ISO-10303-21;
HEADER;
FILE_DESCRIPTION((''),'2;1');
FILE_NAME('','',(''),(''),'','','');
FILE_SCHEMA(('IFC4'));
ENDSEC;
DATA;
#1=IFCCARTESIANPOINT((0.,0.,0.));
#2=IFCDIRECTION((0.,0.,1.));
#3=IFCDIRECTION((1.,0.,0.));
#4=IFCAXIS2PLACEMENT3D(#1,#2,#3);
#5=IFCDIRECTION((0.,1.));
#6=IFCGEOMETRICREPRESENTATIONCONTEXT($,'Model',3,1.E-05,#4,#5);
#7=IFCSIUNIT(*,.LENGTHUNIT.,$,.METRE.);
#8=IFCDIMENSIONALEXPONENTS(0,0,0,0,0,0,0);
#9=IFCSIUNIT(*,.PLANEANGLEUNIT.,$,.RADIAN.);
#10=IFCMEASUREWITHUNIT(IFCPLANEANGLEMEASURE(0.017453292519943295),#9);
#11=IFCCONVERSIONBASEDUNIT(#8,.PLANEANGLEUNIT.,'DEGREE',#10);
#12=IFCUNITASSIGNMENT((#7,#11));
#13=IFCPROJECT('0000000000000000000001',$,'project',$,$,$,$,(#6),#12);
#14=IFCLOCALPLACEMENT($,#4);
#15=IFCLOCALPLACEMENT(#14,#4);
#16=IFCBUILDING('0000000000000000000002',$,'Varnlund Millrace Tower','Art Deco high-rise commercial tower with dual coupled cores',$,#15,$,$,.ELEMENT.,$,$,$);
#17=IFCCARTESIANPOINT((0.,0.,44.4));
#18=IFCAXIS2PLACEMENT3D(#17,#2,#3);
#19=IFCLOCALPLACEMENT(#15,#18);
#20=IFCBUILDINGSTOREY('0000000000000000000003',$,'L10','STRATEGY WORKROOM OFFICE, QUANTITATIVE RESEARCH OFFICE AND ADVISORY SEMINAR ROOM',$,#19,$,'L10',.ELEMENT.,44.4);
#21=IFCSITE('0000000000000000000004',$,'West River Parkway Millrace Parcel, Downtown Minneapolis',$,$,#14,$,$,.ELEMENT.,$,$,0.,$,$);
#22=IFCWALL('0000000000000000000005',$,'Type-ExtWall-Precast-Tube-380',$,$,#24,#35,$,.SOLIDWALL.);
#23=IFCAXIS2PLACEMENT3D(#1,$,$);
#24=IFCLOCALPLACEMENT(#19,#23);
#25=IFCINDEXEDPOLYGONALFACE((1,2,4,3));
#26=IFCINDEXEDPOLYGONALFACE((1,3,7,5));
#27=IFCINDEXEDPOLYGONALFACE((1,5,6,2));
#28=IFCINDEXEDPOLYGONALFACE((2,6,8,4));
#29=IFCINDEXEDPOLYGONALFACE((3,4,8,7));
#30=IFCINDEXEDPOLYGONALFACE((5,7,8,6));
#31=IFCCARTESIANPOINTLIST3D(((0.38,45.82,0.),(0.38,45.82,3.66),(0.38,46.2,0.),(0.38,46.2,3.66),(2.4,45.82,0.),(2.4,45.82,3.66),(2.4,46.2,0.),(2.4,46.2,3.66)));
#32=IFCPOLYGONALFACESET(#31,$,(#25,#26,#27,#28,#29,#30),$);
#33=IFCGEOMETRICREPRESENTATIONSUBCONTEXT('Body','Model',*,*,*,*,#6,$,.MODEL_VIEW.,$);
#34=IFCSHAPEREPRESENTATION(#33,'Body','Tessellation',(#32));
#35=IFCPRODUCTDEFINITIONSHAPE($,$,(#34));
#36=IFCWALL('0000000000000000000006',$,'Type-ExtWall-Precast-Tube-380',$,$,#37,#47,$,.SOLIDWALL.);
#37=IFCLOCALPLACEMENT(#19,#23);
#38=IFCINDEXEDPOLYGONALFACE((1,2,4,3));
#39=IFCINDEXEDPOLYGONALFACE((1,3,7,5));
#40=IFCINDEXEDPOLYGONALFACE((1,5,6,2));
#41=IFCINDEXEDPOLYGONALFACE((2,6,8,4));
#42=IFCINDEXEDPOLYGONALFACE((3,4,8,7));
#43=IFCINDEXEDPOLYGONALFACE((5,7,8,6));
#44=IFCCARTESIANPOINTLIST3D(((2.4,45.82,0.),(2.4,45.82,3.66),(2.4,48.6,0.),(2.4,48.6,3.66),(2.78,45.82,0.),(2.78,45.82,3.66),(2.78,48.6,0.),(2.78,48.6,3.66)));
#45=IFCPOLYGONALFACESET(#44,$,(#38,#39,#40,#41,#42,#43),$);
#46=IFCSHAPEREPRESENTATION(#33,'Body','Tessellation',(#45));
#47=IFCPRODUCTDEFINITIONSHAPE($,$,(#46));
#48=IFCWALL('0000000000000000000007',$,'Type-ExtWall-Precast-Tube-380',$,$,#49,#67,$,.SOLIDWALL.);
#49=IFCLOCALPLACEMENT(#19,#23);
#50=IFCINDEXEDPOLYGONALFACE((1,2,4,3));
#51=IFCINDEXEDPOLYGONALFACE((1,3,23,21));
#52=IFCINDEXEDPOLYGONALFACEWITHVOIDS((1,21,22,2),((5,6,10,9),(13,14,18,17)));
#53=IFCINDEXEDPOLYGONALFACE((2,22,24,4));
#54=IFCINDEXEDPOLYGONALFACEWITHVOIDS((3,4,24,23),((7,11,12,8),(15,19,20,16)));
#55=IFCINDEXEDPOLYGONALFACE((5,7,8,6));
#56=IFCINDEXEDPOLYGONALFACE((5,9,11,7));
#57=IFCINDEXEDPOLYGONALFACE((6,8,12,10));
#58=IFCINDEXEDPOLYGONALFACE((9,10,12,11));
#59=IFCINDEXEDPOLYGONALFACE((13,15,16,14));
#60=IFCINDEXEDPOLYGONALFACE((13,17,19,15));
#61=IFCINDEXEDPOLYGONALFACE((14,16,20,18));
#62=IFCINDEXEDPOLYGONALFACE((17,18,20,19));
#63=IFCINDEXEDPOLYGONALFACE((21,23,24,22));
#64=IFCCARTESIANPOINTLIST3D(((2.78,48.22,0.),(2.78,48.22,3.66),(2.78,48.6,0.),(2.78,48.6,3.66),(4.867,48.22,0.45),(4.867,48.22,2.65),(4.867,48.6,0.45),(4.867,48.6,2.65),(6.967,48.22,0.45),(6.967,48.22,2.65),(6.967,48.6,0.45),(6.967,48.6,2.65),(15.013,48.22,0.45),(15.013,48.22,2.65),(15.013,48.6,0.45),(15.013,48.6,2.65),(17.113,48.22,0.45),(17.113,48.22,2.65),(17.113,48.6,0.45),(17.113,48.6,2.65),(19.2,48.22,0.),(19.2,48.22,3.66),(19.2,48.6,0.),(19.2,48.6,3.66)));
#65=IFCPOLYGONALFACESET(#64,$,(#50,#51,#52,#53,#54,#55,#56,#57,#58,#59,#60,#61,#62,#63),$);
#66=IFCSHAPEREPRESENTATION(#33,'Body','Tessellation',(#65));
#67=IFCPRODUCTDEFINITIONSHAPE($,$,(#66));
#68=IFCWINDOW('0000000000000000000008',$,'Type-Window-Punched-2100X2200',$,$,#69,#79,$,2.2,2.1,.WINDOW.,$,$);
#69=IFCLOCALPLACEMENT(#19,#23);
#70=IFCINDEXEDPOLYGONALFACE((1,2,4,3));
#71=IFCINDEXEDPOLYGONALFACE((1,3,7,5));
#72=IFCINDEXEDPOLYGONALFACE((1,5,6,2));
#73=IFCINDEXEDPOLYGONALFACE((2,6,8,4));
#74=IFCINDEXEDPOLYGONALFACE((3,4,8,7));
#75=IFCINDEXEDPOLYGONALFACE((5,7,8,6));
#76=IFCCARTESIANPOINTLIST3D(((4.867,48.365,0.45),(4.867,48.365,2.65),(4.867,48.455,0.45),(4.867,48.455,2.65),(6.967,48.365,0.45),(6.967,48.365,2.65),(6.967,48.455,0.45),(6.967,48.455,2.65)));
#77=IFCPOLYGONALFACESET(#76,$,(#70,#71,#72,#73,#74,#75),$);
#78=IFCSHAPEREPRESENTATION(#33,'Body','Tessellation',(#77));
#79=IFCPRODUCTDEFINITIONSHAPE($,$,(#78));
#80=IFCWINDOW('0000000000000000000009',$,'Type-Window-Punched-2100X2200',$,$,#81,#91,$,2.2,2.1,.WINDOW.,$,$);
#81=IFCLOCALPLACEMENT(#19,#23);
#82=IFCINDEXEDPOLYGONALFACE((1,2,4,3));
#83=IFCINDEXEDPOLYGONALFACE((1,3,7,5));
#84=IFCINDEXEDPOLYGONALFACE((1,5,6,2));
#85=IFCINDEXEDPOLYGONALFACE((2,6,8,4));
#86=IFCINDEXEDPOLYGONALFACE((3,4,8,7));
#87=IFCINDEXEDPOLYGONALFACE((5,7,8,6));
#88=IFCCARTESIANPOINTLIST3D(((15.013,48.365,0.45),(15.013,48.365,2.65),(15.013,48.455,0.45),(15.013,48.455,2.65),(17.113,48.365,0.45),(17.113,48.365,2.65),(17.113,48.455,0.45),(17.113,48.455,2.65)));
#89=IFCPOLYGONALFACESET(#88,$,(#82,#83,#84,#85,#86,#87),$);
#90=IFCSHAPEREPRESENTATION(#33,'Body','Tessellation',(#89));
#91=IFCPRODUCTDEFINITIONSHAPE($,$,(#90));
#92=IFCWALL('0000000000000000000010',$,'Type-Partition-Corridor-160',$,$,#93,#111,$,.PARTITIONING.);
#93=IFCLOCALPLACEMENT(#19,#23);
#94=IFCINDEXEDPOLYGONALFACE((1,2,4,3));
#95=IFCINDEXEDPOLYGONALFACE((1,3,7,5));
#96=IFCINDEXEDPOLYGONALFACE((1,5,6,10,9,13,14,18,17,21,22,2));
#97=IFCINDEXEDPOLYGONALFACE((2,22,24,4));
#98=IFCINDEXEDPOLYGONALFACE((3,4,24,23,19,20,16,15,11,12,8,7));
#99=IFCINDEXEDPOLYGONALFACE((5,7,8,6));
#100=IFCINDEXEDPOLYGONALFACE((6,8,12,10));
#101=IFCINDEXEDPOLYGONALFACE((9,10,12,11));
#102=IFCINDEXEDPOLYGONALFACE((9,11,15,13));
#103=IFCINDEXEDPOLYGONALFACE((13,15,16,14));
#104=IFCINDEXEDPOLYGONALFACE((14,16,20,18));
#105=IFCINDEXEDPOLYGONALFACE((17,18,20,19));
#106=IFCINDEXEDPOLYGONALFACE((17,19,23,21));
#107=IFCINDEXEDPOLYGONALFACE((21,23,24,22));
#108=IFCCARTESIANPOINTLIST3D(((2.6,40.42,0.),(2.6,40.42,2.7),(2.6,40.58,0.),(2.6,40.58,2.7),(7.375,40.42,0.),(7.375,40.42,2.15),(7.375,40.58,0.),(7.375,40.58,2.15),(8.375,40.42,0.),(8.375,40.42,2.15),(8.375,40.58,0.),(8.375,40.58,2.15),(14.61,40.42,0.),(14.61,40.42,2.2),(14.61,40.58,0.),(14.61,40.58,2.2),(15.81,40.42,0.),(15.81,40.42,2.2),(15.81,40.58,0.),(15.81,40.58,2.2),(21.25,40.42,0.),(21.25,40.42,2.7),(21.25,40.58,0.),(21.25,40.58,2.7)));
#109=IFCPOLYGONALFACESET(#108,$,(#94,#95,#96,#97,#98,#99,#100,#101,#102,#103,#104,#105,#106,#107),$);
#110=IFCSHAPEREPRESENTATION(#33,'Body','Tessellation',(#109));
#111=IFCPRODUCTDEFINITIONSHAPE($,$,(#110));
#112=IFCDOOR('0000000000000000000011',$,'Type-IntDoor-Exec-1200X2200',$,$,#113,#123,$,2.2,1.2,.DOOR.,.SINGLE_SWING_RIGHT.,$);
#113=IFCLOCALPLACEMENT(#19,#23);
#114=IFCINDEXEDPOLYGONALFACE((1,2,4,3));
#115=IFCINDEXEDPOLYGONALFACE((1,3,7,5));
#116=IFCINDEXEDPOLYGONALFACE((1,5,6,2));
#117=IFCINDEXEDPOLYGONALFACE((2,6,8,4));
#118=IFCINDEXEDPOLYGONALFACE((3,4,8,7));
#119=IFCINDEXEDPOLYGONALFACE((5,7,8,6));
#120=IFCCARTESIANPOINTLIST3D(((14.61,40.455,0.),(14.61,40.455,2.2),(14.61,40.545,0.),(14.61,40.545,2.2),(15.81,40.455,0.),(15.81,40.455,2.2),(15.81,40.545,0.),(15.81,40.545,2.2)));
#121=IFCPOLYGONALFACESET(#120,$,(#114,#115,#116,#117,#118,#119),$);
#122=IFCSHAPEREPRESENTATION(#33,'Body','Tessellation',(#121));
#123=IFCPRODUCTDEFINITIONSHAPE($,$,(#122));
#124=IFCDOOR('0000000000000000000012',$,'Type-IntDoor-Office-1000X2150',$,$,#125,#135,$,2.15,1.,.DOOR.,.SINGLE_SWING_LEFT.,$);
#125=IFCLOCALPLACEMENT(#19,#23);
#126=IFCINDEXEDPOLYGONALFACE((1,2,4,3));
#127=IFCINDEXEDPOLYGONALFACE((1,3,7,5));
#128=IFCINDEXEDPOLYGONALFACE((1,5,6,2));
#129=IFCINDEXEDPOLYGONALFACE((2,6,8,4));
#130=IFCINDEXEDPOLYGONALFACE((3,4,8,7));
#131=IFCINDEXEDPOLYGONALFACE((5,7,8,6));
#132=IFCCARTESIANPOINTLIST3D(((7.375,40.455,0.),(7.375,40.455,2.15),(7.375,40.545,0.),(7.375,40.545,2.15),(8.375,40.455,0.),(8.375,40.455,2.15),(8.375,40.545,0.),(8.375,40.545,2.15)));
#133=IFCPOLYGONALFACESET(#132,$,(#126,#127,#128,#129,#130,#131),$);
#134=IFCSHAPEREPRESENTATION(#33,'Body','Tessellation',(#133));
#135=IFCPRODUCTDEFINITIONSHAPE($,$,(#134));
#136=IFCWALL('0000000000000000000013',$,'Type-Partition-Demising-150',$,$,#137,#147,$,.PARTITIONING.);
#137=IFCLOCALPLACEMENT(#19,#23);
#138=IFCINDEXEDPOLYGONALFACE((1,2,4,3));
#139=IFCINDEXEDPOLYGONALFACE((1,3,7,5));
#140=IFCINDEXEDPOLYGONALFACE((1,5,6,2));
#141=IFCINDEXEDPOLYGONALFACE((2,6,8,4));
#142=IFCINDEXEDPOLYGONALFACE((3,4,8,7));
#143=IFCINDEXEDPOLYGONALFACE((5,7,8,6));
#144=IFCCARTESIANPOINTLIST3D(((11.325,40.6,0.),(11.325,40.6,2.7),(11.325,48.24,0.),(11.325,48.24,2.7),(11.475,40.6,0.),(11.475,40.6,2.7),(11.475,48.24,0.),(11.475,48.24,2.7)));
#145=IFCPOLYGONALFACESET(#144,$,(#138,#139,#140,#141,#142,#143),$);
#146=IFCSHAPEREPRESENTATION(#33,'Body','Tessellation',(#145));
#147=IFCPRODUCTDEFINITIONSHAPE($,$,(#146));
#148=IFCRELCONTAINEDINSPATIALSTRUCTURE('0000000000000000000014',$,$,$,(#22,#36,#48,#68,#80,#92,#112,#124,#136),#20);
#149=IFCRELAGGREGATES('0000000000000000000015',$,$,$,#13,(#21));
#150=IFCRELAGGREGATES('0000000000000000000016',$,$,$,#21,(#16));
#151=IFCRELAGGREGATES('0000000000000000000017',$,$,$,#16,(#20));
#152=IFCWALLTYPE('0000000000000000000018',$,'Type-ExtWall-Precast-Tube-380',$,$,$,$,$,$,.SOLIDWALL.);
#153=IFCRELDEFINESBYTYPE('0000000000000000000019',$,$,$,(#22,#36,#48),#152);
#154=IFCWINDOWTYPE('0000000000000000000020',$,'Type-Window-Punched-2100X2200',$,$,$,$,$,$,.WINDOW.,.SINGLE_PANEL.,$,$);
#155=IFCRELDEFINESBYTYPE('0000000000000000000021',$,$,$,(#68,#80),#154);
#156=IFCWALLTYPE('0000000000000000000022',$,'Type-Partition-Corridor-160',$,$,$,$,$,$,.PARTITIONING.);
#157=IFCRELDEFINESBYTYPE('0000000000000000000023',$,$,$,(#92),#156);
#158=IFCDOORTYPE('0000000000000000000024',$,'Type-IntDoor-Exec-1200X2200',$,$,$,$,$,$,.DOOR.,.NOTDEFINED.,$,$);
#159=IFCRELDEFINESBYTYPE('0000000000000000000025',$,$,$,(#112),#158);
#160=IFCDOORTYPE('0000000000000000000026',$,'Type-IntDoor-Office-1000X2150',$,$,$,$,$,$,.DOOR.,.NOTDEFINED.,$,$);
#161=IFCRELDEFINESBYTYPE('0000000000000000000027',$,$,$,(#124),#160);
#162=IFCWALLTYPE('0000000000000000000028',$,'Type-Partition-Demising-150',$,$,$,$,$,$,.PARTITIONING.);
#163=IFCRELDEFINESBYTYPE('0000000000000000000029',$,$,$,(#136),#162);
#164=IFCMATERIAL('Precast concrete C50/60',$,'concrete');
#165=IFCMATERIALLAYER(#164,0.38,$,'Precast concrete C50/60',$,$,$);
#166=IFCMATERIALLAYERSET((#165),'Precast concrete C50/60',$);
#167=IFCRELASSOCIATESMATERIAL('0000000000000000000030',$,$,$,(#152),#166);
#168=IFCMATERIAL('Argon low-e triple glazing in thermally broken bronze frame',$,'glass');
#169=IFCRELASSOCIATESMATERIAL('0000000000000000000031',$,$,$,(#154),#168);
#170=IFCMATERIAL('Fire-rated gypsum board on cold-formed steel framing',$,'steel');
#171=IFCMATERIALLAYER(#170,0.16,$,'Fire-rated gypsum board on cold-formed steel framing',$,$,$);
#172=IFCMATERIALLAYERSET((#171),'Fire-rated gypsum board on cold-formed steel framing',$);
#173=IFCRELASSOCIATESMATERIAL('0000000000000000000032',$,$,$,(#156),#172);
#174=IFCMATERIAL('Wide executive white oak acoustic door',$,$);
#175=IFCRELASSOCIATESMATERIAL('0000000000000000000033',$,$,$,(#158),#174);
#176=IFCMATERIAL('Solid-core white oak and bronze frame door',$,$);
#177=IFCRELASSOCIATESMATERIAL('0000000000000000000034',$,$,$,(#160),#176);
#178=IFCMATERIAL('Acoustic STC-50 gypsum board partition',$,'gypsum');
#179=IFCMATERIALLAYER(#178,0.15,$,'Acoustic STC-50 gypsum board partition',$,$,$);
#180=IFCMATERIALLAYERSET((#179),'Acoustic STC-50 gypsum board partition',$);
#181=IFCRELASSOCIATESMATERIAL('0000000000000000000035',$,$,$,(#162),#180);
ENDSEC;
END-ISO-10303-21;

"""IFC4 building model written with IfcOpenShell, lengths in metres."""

from ifc_helpers import new_model, entity, si_unit, converted_unit, direction, frame, origin_with_axes, origin_2d_with_axis, place, context, subcontext, project, spatial, polyline, rectangle, outline, extrude, material, layer, layer_set, type_object, element, fill, save


model = new_model("IFC4")

# Units and contexts
model_context = context("Model", 3, precision=1e-05, world=origin_with_axes(), true_north=direction((0.0, 1.0)))
body_context = subcontext(model_context, "Body", "Model", "MODEL_VIEW")
ifc_project = project(units=[si_unit("LENGTHUNIT", "METRE"), converted_unit("PLANEANGLEUNIT", "DEGREE", entity("IfcPlaneAngleMeasure", 0.017453292519943295), si_unit("PLANEANGLEUNIT", "RADIAN"), dimensions=[0, 0, 0, 0, 0, 0, 0])], contexts=[model_context])

# Site, building, storey
site_placement = place(None, origin_with_axes())
site = spatial("IfcSite", under=ifc_project, at=site_placement, Name="West River Parkway Millrace Parcel, Downtown Minneapolis", CompositionType="ELEMENT", RefElevation=0.0)
building_placement = place(site_placement, origin_with_axes())
building = spatial("IfcBuilding", under=site, at=building_placement, Name="Varnlund Millrace Tower", Description="Art Deco high-rise commercial tower with dual coupled cores", CompositionType="ELEMENT")
storey_placement = place(building_placement, frame((0.0, 0.0, 44.4), z_axis=(0.0, 0.0, 1.0), x_axis=(1.0, 0.0, 0.0)))
storey = spatial("IfcBuildingStorey", under=building, at=storey_placement, Name="L10", Description="STRATEGY WORKROOM OFFICE, QUANTITATIVE RESEARCH OFFICE AND ADVISORY SEMINAR ROOM", LongName="L10", CompositionType="ELEMENT", Elevation=44.4)

# Walls
ifc_material_1 = material(Name="Precast concrete C50/60", Category="concrete")
ifc_layer_1 = layer(ifc_material_1, 0.38, Name="Precast concrete C50/60")
ifc_layer_set_1 = layer_set([ifc_layer_1], Name="Precast concrete C50/60")
wall_type_1 = type_object("IfcWallType", Name="Type-ExtWall-Precast-Tube-380", PredefinedType="SOLIDWALL", material=ifc_layer_set_1)
wall_1_placement = place(storey_placement, frame((0.38, 46.01, 0.0), z_axis=(0.0, 0.0, 1.0), x_axis=(1.0, 0.0, 0.0)))
element("IfcWall", 1, at=wall_1_placement, inside=storey, type_object=wall_type_1, Name="Type-ExtWall-Precast-Tube-380", PredefinedType="SOLIDWALL", context=body_context, shape_type="SweptSolid", body=[
    extrude(outline(polyline([(0.0, -0.19), (2.02, -0.19), (2.02, 0.19), (0.0, 0.19), (0.0, -0.19)])), origin_with_axes(), (0.0, 0.0, 1.0), 3.66),
])
wall_2_placement = place(storey_placement, frame((2.59, 45.82, 0.0), z_axis=(0.0, 0.0, 1.0), x_axis=(0.0, 1.0, 0.0)))
element("IfcWall", 2, at=wall_2_placement, inside=storey, type_object=wall_type_1, Name="Type-ExtWall-Precast-Tube-380", PredefinedType="SOLIDWALL", context=body_context, shape_type="SweptSolid", body=[
    extrude(outline(polyline([(0.0, -0.19), (2.78, -0.19), (2.78, 0.19), (0.0, 0.19), (0.0, -0.19)])), origin_with_axes(), (0.0, 0.0, 1.0), 3.66),
])

# Wall, openings, windows
wall_3_placement = place(storey_placement, frame((2.78, 48.41, 0.0), z_axis=(0.0, 0.0, 1.0), x_axis=(1.0, 0.0, 0.0)))
wall_3 = element("IfcWall", 3, at=wall_3_placement, inside=storey, type_object=wall_type_1, Name="Type-ExtWall-Precast-Tube-380", PredefinedType="SOLIDWALL", context=body_context, shape_type="SweptSolid", body=[
    extrude(outline(polyline([(0.0, -0.19), (16.42, -0.19), (16.42, 0.19), (0.0, 0.19), (0.0, -0.19)])), origin_with_axes(), (0.0, 0.0, 1.0), 3.66),
])
opening_1_placement = place(wall_3_placement, frame((3.137, 0.0, 0.45), z_axis=(0.0, 0.0, 1.0), x_axis=(1.0, 0.0, 0.0)))
opening_1 = element("IfcOpeningElement", 4, at=opening_1_placement, cuts=wall_3, PredefinedType="OPENING", context=body_context, shape_type="SweptSolid", body=[
    extrude(rectangle(XDim=2.1, YDim=0.4, at=origin_2d_with_axis()), origin_with_axes(), (0.0, 0.0, 1.0), 2.2),
])
opening_2_placement = place(wall_3_placement, frame((13.283, 0.0, 0.45), z_axis=(0.0, 0.0, 1.0), x_axis=(1.0, 0.0, 0.0)))
opening_2 = element("IfcOpeningElement", 5, at=opening_2_placement, cuts=wall_3, PredefinedType="OPENING", context=body_context, shape_type="SweptSolid", body=[
    extrude(rectangle(XDim=2.1, YDim=0.4, at=origin_2d_with_axis()), origin_with_axes(), (0.0, 0.0, 1.0), 2.2),
])
ifc_material_2 = material(Name="Argon low-e triple glazing in thermally broken bronze frame", Category="glass")
window_type = type_object("IfcWindowType", Name="Type-Window-Punched-2100X2200", PartitioningType="SINGLE_PANEL", PredefinedType="WINDOW", material=ifc_material_2)
window_1_placement = place(wall_3_placement, frame((3.137, 0.0, 0.45), z_axis=(0.0, 0.0, 1.0), x_axis=(1.0, 0.0, 0.0)))
window_1 = element("IfcWindow", 6, at=window_1_placement, inside=storey, type_object=window_type, Name="Type-Window-Punched-2100X2200", OverallHeight=2.2, OverallWidth=2.1, PredefinedType="WINDOW", context=body_context, shape_type="SweptSolid", body=[
    extrude(rectangle(XDim=2.1, YDim=0.09, at=origin_2d_with_axis()), origin_with_axes(), (0.0, 0.0, 1.0), 2.2),
])
fill(opening_1, window_1)
window_2_placement = place(wall_3_placement, frame((13.283, 0.0, 0.45), z_axis=(0.0, 0.0, 1.0), x_axis=(1.0, 0.0, 0.0)))
window_2 = element("IfcWindow", 7, at=window_2_placement, inside=storey, type_object=window_type, Name="Type-Window-Punched-2100X2200", OverallHeight=2.2, OverallWidth=2.1, PredefinedType="WINDOW", context=body_context, shape_type="SweptSolid", body=[
    extrude(rectangle(XDim=2.1, YDim=0.09, at=origin_2d_with_axis()), origin_with_axes(), (0.0, 0.0, 1.0), 2.2),
])
fill(opening_2, window_2)

# Wall, openings, doors
ifc_material_3 = material(Name="Fire-rated gypsum board on cold-formed steel framing", Category="steel")
ifc_layer_2 = layer(ifc_material_3, 0.16, Name="Fire-rated gypsum board on cold-formed steel framing")
ifc_layer_set_2 = layer_set([ifc_layer_2], Name="Fire-rated gypsum board on cold-formed steel framing")
wall_type_2 = type_object("IfcWallType", Name="Type-Partition-Corridor-160", PredefinedType="PARTITIONING", material=ifc_layer_set_2)
wall_4_placement = place(storey_placement, frame((2.6, 40.5, 0.0), z_axis=(0.0, 0.0, 1.0), x_axis=(1.0, 0.0, 0.0)))
wall_4 = element("IfcWall", 8, at=wall_4_placement, inside=storey, type_object=wall_type_2, Name="Type-Partition-Corridor-160", PredefinedType="PARTITIONING", context=body_context, shape_type="SweptSolid", body=[
    extrude(outline(polyline([(0.0, -0.08), (18.65, -0.08), (18.65, 0.08), (0.0, 0.08), (0.0, -0.08)])), origin_with_axes(), (0.0, 0.0, 1.0), 2.7),
])
opening_3_placement = place(wall_4_placement, frame((5.275, 0.0, 0.0), z_axis=(0.0, 0.0, 1.0), x_axis=(1.0, 0.0, 0.0)))
opening_3 = element("IfcOpeningElement", 9, at=opening_3_placement, cuts=wall_4, PredefinedType="OPENING", context=body_context, shape_type="SweptSolid", body=[
    extrude(rectangle(XDim=1.0, YDim=0.18, at=origin_2d_with_axis()), origin_with_axes(), (0.0, 0.0, 1.0), 2.15),
])
opening_4_placement = place(wall_4_placement, frame((12.61, 0.0, 0.0), z_axis=(0.0, 0.0, 1.0), x_axis=(1.0, 0.0, 0.0)))
opening_4 = element("IfcOpeningElement", 10, at=opening_4_placement, cuts=wall_4, PredefinedType="OPENING", context=body_context, shape_type="SweptSolid", body=[
    extrude(rectangle(XDim=1.2, YDim=0.18, at=origin_2d_with_axis()), origin_with_axes(), (0.0, 0.0, 1.0), 2.2),
])
ifc_material_4 = material(Name="Wide executive white oak acoustic door")
door_type_1 = type_object("IfcDoorType", Name="Type-IntDoor-Exec-1200X2200", OperationType="NOTDEFINED", PredefinedType="DOOR", material=ifc_material_4)
door_1_placement = place(wall_4_placement, frame((12.61, 0.0, 0.0), z_axis=(0.0, 0.0, 1.0), x_axis=(1.0, 0.0, 0.0)))
door_1 = element("IfcDoor", 11, at=door_1_placement, inside=storey, type_object=door_type_1, Name="Type-IntDoor-Exec-1200X2200", OperationType="SINGLE_SWING_RIGHT", OverallHeight=2.2, OverallWidth=1.2, PredefinedType="DOOR", context=body_context, shape_type="SweptSolid", body=[
    extrude(rectangle(XDim=1.2, YDim=0.09, at=origin_2d_with_axis()), origin_with_axes(), (0.0, 0.0, 1.0), 2.2),
])
fill(opening_4, door_1)
ifc_material_5 = material(Name="Solid-core white oak and bronze frame door")
door_type_2 = type_object("IfcDoorType", Name="Type-IntDoor-Office-1000X2150", OperationType="NOTDEFINED", PredefinedType="DOOR", material=ifc_material_5)
door_2_placement = place(wall_4_placement, frame((5.275, 0.0, 0.0), z_axis=(0.0, 0.0, 1.0), x_axis=(1.0, 0.0, 0.0)))
door_2 = element("IfcDoor", 12, at=door_2_placement, inside=storey, type_object=door_type_2, Name="Type-IntDoor-Office-1000X2150", OperationType="SINGLE_SWING_LEFT", OverallHeight=2.15, OverallWidth=1.0, PredefinedType="DOOR", context=body_context, shape_type="SweptSolid", body=[
    extrude(rectangle(XDim=1.0, YDim=0.09, at=origin_2d_with_axis()), origin_with_axes(), (0.0, 0.0, 1.0), 2.15),
])
fill(opening_3, door_2)

# Wall
ifc_material_6 = material(Name="Acoustic STC-50 gypsum board partition", Category="gypsum")
ifc_layer_3 = layer(ifc_material_6, 0.15, Name="Acoustic STC-50 gypsum board partition")
ifc_layer_set_3 = layer_set([ifc_layer_3], Name="Acoustic STC-50 gypsum board partition")
wall_type_3 = type_object("IfcWallType", Name="Type-Partition-Demising-150", PredefinedType="PARTITIONING", material=ifc_layer_set_3)
wall_5_placement = place(storey_placement, frame((11.4, 40.6, 0.0), z_axis=(0.0, 0.0, 1.0), x_axis=(0.0, 1.0, 0.0)))
element("IfcWall", 13, at=wall_5_placement, inside=storey, type_object=wall_type_3, Name="Type-Partition-Demising-150", PredefinedType="PARTITIONING", context=body_context, shape_type="SweptSolid", body=[
    extrude(outline(polyline([(0.0, -0.075), (7.64, -0.075), (7.64, 0.075), (0.0, 0.075), (0.0, -0.075)])), origin_with_axes(), (0.0, 0.0, 1.0), 2.7),
])

save(model, "model.ifc")
